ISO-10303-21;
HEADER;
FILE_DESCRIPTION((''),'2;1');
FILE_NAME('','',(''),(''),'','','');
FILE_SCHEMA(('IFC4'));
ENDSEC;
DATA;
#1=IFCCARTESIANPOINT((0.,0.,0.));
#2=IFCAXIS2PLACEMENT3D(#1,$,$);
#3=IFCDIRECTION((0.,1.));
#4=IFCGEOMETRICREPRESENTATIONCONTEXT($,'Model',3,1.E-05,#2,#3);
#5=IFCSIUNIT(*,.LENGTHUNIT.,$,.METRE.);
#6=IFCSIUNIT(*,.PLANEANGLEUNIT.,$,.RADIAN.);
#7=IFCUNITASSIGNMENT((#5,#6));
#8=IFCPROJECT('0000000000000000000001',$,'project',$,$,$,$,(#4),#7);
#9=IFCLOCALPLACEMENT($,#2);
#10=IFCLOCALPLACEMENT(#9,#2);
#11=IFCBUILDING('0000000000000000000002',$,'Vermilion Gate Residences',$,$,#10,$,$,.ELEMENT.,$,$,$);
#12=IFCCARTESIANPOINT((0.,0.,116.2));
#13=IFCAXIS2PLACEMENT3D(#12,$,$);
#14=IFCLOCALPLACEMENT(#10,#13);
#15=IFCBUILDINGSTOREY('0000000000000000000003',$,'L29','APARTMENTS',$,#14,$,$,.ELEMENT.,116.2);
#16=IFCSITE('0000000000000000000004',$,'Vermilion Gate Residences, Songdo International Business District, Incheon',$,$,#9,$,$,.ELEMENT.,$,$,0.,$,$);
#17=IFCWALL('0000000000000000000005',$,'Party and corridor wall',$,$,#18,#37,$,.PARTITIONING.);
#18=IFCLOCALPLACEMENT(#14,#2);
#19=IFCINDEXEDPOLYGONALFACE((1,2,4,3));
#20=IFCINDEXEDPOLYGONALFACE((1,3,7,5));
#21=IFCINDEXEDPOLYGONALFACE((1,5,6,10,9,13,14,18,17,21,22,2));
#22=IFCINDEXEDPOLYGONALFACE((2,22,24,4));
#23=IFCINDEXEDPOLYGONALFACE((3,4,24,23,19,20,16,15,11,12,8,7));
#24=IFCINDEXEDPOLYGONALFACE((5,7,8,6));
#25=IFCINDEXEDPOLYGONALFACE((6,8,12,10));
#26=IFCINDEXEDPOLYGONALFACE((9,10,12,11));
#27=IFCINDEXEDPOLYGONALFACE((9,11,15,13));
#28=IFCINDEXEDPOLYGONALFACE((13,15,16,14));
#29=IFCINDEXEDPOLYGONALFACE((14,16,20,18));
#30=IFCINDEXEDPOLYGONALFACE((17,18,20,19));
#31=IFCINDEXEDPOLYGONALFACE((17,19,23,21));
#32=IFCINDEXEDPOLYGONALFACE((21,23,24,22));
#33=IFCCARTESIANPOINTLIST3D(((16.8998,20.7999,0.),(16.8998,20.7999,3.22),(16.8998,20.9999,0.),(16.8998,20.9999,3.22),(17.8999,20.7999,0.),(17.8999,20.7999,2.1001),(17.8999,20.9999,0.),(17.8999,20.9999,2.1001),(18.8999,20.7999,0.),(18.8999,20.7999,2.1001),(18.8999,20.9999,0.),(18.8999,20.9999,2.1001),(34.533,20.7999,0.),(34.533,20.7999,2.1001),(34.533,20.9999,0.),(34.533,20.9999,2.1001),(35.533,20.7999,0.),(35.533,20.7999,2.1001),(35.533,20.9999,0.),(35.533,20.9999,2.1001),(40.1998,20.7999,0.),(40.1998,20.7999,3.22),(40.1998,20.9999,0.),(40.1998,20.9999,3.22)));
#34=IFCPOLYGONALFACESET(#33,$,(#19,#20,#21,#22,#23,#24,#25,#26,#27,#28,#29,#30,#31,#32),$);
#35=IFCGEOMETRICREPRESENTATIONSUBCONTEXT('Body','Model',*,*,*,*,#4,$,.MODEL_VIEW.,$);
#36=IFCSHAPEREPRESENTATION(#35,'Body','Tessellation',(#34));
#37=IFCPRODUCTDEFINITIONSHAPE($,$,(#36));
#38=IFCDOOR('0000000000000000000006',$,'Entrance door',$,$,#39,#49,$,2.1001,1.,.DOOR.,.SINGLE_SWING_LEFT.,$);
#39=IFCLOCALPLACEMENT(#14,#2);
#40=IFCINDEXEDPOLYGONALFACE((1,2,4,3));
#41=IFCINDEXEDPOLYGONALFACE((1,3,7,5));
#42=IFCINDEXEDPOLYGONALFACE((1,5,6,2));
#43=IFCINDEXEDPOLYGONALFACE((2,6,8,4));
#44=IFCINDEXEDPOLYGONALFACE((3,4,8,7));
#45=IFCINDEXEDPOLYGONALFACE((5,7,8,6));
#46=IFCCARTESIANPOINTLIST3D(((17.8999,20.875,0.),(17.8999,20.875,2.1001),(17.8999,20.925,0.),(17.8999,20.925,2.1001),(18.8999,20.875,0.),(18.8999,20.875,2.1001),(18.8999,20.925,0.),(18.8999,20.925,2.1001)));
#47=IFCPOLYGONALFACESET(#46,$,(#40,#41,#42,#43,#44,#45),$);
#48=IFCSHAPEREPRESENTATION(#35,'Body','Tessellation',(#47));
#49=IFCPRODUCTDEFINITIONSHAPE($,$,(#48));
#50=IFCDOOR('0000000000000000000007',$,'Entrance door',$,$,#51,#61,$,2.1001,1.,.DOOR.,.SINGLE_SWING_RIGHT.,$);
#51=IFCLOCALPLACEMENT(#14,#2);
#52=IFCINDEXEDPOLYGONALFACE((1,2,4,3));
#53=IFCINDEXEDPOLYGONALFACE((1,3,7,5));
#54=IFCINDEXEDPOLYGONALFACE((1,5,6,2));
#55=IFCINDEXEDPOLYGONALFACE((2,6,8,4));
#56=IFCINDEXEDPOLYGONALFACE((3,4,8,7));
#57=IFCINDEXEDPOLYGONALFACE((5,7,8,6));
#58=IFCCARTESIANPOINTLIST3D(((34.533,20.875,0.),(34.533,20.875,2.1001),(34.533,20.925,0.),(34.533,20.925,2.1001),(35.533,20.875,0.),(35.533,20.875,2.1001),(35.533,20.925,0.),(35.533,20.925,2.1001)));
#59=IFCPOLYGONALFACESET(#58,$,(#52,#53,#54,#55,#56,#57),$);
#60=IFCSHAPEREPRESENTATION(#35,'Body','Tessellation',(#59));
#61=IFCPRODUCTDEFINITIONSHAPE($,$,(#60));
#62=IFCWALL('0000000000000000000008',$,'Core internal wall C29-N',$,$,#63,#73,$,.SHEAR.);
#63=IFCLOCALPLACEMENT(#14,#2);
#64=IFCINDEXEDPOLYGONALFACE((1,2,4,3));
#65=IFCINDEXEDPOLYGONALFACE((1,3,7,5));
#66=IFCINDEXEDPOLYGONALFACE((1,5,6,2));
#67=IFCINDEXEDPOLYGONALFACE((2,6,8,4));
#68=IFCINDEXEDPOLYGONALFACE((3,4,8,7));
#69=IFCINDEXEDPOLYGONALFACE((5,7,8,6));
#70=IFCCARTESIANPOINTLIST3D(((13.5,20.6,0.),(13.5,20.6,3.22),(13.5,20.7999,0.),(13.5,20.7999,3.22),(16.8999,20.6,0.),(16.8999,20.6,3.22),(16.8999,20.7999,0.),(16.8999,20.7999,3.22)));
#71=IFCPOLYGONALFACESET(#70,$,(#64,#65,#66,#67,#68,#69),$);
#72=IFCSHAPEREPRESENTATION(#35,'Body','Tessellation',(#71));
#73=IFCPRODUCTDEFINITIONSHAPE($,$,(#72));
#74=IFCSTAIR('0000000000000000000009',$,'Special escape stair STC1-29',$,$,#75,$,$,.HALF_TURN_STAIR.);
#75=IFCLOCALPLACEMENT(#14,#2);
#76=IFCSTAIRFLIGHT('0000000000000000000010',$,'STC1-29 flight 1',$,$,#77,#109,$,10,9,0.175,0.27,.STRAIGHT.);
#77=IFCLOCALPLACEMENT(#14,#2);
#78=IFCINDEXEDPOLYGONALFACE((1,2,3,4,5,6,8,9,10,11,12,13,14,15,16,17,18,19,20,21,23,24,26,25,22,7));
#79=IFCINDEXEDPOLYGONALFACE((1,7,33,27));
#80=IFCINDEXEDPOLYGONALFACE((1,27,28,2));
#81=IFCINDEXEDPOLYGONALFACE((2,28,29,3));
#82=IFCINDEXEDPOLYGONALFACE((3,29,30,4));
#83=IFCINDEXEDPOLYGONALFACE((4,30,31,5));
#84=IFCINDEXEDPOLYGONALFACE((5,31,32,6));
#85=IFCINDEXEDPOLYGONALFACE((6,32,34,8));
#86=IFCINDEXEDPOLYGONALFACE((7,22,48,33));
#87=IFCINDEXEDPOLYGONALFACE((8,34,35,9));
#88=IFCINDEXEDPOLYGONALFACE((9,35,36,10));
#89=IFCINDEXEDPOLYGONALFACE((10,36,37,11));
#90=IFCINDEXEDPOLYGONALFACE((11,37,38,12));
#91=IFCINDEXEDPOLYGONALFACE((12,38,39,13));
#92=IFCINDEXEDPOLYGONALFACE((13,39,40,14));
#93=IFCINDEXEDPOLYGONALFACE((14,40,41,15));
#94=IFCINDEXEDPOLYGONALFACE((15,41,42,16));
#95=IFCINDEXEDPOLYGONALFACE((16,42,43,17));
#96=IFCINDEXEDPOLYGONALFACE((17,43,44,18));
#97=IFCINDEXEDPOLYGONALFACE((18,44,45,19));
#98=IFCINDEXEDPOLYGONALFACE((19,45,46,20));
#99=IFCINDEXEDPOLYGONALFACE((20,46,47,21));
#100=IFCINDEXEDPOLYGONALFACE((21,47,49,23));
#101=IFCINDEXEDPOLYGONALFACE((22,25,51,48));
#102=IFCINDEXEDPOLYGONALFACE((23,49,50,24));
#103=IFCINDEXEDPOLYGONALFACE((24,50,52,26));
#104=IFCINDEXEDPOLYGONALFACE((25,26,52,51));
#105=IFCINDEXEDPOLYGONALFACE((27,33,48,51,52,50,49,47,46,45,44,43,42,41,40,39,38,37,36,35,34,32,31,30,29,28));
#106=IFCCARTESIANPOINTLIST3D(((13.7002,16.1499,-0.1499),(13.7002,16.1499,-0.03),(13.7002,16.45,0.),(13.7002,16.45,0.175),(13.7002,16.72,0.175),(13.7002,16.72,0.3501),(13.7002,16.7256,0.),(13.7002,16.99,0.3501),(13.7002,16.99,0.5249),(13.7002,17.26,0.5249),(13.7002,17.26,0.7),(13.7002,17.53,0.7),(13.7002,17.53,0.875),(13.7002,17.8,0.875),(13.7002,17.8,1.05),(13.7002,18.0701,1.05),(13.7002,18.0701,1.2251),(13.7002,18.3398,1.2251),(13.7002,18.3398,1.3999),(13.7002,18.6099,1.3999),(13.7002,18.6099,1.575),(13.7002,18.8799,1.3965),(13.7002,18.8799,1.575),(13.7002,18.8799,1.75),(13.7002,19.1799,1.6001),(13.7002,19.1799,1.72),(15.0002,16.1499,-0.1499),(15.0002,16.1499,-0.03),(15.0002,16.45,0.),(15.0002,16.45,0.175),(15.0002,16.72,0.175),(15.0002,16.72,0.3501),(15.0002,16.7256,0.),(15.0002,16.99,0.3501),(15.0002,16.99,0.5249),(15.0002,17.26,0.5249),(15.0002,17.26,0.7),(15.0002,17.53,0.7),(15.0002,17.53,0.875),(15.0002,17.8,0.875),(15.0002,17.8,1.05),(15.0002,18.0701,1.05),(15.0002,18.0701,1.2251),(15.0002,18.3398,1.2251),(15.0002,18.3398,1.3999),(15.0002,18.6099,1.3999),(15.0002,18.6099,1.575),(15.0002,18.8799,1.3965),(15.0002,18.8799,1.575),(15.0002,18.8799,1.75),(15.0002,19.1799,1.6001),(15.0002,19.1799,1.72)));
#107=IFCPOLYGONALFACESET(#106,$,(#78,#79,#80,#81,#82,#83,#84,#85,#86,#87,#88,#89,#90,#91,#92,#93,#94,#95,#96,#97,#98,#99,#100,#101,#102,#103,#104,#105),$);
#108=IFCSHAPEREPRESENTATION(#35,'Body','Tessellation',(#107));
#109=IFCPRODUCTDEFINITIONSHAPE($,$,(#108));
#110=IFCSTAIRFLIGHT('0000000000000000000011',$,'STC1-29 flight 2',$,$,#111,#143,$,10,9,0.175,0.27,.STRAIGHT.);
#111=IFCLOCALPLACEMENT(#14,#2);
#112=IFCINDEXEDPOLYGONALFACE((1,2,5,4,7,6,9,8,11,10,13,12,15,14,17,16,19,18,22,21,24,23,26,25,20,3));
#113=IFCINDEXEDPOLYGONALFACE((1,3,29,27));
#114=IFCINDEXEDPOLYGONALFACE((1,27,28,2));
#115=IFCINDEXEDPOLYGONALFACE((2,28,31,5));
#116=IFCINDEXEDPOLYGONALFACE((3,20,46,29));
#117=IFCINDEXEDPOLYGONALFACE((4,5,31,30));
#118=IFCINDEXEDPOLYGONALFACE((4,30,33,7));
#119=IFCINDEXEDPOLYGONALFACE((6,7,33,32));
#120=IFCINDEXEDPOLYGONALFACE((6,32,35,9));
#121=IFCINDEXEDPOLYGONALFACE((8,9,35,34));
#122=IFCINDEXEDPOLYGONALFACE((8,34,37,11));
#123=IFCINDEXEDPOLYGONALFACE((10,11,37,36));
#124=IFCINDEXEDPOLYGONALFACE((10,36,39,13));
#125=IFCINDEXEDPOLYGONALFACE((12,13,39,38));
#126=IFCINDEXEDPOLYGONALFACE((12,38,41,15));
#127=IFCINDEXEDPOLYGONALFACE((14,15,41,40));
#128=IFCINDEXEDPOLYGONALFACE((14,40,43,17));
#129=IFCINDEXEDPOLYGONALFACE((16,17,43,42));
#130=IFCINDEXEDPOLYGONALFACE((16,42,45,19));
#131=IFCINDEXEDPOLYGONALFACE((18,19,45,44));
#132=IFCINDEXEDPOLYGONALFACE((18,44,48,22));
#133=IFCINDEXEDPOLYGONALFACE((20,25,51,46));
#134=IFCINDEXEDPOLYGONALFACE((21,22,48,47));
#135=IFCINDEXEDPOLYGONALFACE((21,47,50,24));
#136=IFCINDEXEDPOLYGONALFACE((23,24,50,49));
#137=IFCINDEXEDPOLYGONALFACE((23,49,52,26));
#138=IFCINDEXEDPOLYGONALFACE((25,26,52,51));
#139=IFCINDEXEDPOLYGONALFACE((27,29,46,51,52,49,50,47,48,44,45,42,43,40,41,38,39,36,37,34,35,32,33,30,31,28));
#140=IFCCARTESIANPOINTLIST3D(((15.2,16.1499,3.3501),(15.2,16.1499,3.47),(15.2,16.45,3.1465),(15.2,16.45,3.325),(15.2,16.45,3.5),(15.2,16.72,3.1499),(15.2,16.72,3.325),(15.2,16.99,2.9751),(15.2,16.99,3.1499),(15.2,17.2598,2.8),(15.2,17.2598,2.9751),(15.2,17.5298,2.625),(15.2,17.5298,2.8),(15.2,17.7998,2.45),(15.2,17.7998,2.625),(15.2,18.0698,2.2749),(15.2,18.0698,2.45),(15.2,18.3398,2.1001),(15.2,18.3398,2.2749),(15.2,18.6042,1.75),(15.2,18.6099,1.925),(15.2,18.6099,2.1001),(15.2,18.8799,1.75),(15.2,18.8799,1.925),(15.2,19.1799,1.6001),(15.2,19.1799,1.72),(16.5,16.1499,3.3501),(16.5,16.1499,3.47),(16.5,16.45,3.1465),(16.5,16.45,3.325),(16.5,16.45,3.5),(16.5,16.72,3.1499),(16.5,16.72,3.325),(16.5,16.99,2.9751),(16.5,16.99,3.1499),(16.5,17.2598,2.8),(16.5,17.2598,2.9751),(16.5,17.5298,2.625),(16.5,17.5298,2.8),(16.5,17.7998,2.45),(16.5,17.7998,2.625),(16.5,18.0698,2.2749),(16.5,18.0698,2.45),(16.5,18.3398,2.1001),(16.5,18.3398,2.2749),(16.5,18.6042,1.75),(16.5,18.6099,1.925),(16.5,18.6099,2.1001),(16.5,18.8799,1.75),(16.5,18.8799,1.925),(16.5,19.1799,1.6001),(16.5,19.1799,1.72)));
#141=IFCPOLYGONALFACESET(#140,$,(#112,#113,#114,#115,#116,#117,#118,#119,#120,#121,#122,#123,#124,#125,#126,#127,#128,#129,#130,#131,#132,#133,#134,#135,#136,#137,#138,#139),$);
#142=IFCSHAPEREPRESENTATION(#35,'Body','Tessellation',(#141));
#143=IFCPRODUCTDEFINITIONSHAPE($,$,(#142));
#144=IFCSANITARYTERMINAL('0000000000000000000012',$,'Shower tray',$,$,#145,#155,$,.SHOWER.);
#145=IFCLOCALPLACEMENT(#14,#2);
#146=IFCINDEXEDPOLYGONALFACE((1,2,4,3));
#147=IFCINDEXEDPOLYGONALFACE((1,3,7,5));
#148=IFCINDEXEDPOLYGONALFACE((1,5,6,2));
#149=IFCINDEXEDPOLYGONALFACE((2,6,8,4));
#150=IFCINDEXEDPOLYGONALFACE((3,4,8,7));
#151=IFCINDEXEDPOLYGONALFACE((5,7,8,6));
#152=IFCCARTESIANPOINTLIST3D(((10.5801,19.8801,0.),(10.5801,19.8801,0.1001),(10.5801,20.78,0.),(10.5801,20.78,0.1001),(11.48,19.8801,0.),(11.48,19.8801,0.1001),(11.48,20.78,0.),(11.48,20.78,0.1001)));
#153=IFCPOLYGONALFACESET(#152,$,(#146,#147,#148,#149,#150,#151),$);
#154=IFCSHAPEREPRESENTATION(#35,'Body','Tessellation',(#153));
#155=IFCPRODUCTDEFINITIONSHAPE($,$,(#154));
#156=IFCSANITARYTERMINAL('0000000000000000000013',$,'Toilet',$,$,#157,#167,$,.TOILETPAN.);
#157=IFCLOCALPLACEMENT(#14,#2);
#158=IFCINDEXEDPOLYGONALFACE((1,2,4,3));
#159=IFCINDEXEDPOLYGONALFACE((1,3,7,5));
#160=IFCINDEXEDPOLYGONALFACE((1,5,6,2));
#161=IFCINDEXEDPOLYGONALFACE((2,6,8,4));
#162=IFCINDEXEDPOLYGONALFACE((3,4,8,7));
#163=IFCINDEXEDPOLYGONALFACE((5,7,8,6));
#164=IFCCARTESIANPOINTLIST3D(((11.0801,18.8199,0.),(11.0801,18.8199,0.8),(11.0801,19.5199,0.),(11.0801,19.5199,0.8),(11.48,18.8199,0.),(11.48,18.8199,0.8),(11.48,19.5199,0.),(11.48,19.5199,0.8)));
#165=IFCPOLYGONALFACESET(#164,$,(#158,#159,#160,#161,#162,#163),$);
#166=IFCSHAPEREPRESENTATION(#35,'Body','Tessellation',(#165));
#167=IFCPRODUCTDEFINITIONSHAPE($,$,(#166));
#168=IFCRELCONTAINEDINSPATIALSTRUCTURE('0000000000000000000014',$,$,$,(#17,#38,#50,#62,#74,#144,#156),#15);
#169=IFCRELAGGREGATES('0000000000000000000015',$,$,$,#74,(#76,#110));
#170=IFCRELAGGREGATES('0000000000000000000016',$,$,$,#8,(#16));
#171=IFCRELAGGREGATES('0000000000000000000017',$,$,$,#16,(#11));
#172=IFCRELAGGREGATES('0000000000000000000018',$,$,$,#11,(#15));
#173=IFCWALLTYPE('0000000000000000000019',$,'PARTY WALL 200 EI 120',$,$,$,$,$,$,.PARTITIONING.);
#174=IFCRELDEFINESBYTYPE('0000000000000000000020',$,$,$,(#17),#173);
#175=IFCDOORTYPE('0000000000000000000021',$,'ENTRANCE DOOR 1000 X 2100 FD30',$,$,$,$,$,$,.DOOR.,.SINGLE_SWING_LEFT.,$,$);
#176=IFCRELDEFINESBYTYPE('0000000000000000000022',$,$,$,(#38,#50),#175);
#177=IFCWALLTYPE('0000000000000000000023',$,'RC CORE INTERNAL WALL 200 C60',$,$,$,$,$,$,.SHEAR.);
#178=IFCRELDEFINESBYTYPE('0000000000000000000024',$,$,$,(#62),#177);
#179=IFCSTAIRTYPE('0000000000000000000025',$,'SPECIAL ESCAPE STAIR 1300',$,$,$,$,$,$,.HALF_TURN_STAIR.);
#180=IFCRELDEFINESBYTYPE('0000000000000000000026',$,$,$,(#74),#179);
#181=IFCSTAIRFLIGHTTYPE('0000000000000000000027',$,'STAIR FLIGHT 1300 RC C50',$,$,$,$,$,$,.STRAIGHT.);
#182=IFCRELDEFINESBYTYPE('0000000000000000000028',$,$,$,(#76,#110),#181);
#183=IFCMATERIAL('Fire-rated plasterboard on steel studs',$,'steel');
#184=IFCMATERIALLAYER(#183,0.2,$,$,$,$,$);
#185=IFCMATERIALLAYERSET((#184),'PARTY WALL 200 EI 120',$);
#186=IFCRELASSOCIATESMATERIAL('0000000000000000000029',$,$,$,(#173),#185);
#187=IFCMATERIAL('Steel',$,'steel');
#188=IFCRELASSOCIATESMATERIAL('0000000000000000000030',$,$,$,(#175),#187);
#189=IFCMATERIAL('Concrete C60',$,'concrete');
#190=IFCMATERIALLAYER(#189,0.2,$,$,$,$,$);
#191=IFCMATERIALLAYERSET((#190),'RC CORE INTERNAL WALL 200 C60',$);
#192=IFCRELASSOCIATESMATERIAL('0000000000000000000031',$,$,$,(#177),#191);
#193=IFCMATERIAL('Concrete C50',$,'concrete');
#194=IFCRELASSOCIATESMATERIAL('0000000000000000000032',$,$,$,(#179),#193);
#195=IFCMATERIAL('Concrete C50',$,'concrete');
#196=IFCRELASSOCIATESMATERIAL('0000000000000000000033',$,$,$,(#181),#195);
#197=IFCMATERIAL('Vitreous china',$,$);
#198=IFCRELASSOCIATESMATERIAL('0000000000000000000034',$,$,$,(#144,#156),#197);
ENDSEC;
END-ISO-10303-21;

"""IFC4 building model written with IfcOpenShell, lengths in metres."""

from ifc_helpers import new_model, si_unit, direction, frame, frame_2d, origin, origin_2d, place, context, subcontext, project, spatial, polyline, rectangle, outline, extrude, material, layer, layer_set, type_object, element, fill, aggregate, save


model = new_model("IFC4")

# Units and contexts
model_context = context("Model", 3, precision=1e-05, world=origin(), true_north=direction((0.0, 1.0)))
body_context = subcontext(model_context, "Body", "Model", "MODEL_VIEW")
ifc_project = project(units=[si_unit("LENGTHUNIT", "METRE"), si_unit("PLANEANGLEUNIT", "RADIAN")], contexts=[model_context])

# Site, building, storey
site_placement = place(None, origin())
site = spatial("IfcSite", under=ifc_project, at=site_placement, Name="Vermilion Gate Residences, Songdo International Business District, Incheon", CompositionType="ELEMENT", RefElevation=0.0)
building_placement = place(site_placement, origin())
building = spatial("IfcBuilding", under=site, at=building_placement, Name="Vermilion Gate Residences", CompositionType="ELEMENT")
storey_placement = place(building_placement, frame((0.0, 0.0, 116.2)))
storey = spatial("IfcBuildingStorey", under=building, at=storey_placement, Name="L29", Description="APARTMENTS", CompositionType="ELEMENT", Elevation=116.2)

# Wall, openings, doors
ifc_material_1 = material(Name="Fire-rated plasterboard on steel studs", Category="steel")
ifc_layer_1 = layer(ifc_material_1, 0.2)
ifc_layer_set_1 = layer_set([ifc_layer_1], Name="PARTY WALL 200 EI 120")
wall_type_1 = type_object("IfcWallType", Name="PARTY WALL 200 EI 120", PredefinedType="PARTITIONING", material=ifc_layer_set_1)
wall_1_placement = place(storey_placement, frame((16.8999, 20.8999, 0.0), z_axis=(0.0, 0.0, 1.0), x_axis=(1.0, 0.0, 0.0)))
wall_1 = element("IfcWall", 1, at=wall_1_placement, inside=storey, type_object=wall_type_1, Name="Party and corridor wall", PredefinedType="PARTITIONING", context=body_context, shape_type="SweptSolid", body=[
    extrude(rectangle(XDim=23.3, YDim=0.2, at=frame_2d((11.6499, 0.0))), origin(), (0.0, 0.0, 1.0), 3.22),
])
opening_1_placement = place(wall_1_placement, frame((1.0, 0.0, 0.0)))
opening_1 = element("IfcOpeningElement", 2, at=opening_1_placement, cuts=wall_1, PredefinedType="OPENING", context=body_context, shape_type="SweptSolid", body=[
    extrude(rectangle(XDim=1.0, YDim=2.1001, at=frame_2d((0.5, 1.05))), frame((0.0, 0.1099, 0.0), z_axis=(0.0, -1.0, 0.0), x_axis=(1.0, 0.0, 0.0)), (0.0, 0.0, 1.0), 0.22),
])
opening_2_placement = place(wall_1_placement, frame((17.6331, 0.0, 0.0)))
opening_2 = element("IfcOpeningElement", 3, at=opening_2_placement, cuts=wall_1, PredefinedType="OPENING", context=body_context, shape_type="SweptSolid", body=[
    extrude(rectangle(XDim=1.0, YDim=2.1001, at=frame_2d((0.5, 1.05))), frame((0.0, 0.1099, 0.0), z_axis=(0.0, -1.0, 0.0), x_axis=(1.0, 0.0, 0.0)), (0.0, 0.0, 1.0), 0.22),
])
ifc_material_2 = material(Name="Steel", Category="steel")
door_type_1 = type_object("IfcDoorType", Name="ENTRANCE DOOR 1000 X 2100 FD30", OperationType="SINGLE_SWING_LEFT", PredefinedType="DOOR", material=ifc_material_2)
door_1_placement = place(opening_1_placement, frame((1.0, 0.0, 0.0), z_axis=(0.0, 0.0, 1.0), x_axis=(-1.0, 0.0, 0.0)))
door_1 = element("IfcDoor", 4, at=door_1_placement, inside=storey, type_object=door_type_1, Name="Entrance door", OperationType="SINGLE_SWING_LEFT", OverallHeight=2.1001, OverallWidth=1.0, PredefinedType="DOOR", context=body_context, shape_type="SweptSolid", body=[
    extrude(rectangle(XDim=1.0, YDim=2.1001, at=frame_2d((0.5, 1.05))), frame((0.0, 0.0249, 0.0), z_axis=(0.0, -1.0, 0.0), x_axis=(1.0, 0.0, 0.0)), (0.0, 0.0, 1.0), 0.05),
])
fill(opening_1, door_1)
door_2_placement = place(opening_2_placement, frame((1.0, 0.0, 0.0), z_axis=(0.0, 0.0, 1.0), x_axis=(-1.0, 0.0, 0.0)))
door_2 = element("IfcDoor", 5, at=door_2_placement, inside=storey, type_object=door_type_1, Name="Entrance door", OperationType="SINGLE_SWING_RIGHT", OverallHeight=2.1001, OverallWidth=1.0, PredefinedType="DOOR", context=body_context, shape_type="SweptSolid", body=[
    extrude(rectangle(XDim=1.0, YDim=2.1001, at=frame_2d((0.5, 1.05))), frame((0.0, 0.0249, 0.0), z_axis=(0.0, -1.0, 0.0), x_axis=(1.0, 0.0, 0.0)), (0.0, 0.0, 1.0), 0.05),
])
fill(opening_2, door_2)

# Wall
ifc_material_3 = material(Name="Concrete C60", Category="concrete")
ifc_layer_2 = layer(ifc_material_3, 0.2)
ifc_layer_set_2 = layer_set([ifc_layer_2], Name="RC CORE INTERNAL WALL 200 C60")
wall_type_2 = type_object("IfcWallType", Name="RC CORE INTERNAL WALL 200 C60", PredefinedType="SHEAR", material=ifc_layer_set_2)
wall_2_placement = place(storey_placement, frame((13.5, 20.7, 0.0), z_axis=(0.0, 0.0, 1.0), x_axis=(1.0, 0.0, 0.0)))
element("IfcWall", 6, at=wall_2_placement, inside=storey, type_object=wall_type_2, Name="Core internal wall C29-N", PredefinedType="SHEAR", context=body_context, shape_type="SweptSolid", body=[
    extrude(rectangle(XDim=3.3999, YDim=0.2, at=frame_2d((1.7, 0.0))), origin(), (0.0, 0.0, 1.0), 3.22),
])

# Stair, stair flights
ifc_material_4 = material(Name="Concrete C50", Category="concrete")
stair_type = type_object("IfcStairType", Name="SPECIAL ESCAPE STAIR 1300", PredefinedType="HALF_TURN_STAIR", material=ifc_material_4)
stair_placement = place(storey_placement, origin())
stair = element("IfcStair", 7, at=stair_placement, inside=storey, type_object=stair_type, Name="Special escape stair STC1-29", PredefinedType="HALF_TURN_STAIR")
ifc_material_5 = material(Name="Concrete C50", Category="concrete")
stair_flight_type = type_object("IfcStairFlightType", Name="STAIR FLIGHT 1300 RC C50", PredefinedType="STRAIGHT", material=ifc_material_5)
stair_flight_1_placement = place(storey_placement, frame((14.3501, 16.45, 0.0), z_axis=(0.0, 0.0, 1.0), x_axis=(0.0, 1.0, 0.0)))
stair_flight_1 = element("IfcStairFlight", 8, at=stair_flight_1_placement, type_object=stair_flight_type, Name="STC1-29 flight 1", NumberOfRisers=10, NumberOfTreads=9, PredefinedType="STRAIGHT", RiserHeight=0.175, TreadLength=0.27, context=body_context, shape_type="SweptSolid", body=[
    extrude(outline(polyline([(-0.3, -0.1499), (-0.3, -0.03), (0.0, 0.0), (0.0, 0.175), (0.27, 0.175), (0.27, 0.3501), (0.54, 0.3501), (0.54, 0.5249), (0.8101, 0.5249), (0.8101, 0.7), (1.0801, 0.7), (1.0801, 0.875), (1.3501, 0.875), (1.3501, 1.05), (1.6201, 1.05), (1.6201, 1.2251), (1.8899, 1.2251), (1.8899, 1.3999), (2.1599, 1.3999), (2.1599, 1.575), (2.4299, 1.575), (2.4299, 1.75), (2.73, 1.72), (2.73, 1.6001), (2.4299, 1.3965), (0.2756, 0.0), (-0.3, -0.1499)])), frame((0.0, 0.6499, 0.0), z_axis=(0.0, -1.0, 0.0), x_axis=(1.0, 0.0, 0.0)), (0.0, 0.0, 1.0), 1.3),
])
stair_flight_2_placement = place(storey_placement, frame((15.8501, 18.8799, 1.75), z_axis=(0.0, 0.0, 1.0), x_axis=(0.0, -1.0, 0.0)))
stair_flight_2 = element("IfcStairFlight", 9, at=stair_flight_2_placement, type_object=stair_flight_type, Name="STC1-29 flight 2", NumberOfRisers=10, NumberOfTreads=9, PredefinedType="STRAIGHT", RiserHeight=0.175, TreadLength=0.27, context=body_context, shape_type="SweptSolid", body=[
    extrude(outline(polyline([(-0.3, -0.1499), (-0.3, -0.03), (0.0, 0.0), (0.0, 0.175), (0.27, 0.175), (0.27, 0.3501), (0.54, 0.3501), (0.54, 0.5249), (0.8101, 0.5249), (0.8101, 0.7), (1.0801, 0.7), (1.0801, 0.875), (1.3501, 0.875), (1.3501, 1.05), (1.6201, 1.05), (1.6201, 1.2251), (1.8899, 1.2251), (1.8899, 1.3999), (2.1599, 1.3999), (2.1599, 1.575), (2.4299, 1.575), (2.4299, 1.75), (2.73, 1.72), (2.73, 1.6001), (2.4299, 1.3965), (0.2756, 0.0), (-0.3, -0.1499)])), frame((0.0, 0.6499, 0.0), z_axis=(0.0, -1.0, 0.0), x_axis=(1.0, 0.0, 0.0)), (0.0, 0.0, 1.0), 1.3),
])
aggregate(stair, [stair_flight_1, stair_flight_2])

# Sanitary terminals
ifc_material_6 = material(Name="Vitreous china")
sanitary_terminal_1_placement = place(storey_placement, frame((11.03, 20.3301, 0.0), z_axis=(0.0, 0.0, 1.0), x_axis=(1.0, 0.0, 0.0)))
element("IfcSanitaryTerminal", 10, at=sanitary_terminal_1_placement, inside=storey, material=ifc_material_6, Name="Shower tray", PredefinedType="SHOWER", context=body_context, shape_type="SweptSolid", body=[
    extrude(rectangle(XDim=0.8999, YDim=0.8999, at=origin_2d()), origin(), (0.0, 0.0, 1.0), 0.1001),
])
sanitary_terminal_2_placement = place(storey_placement, frame((11.28, 19.1699, 0.0), z_axis=(0.0, 0.0, 1.0), x_axis=(1.0, 0.0, 0.0)))
element("IfcSanitaryTerminal", 11, at=sanitary_terminal_2_placement, inside=storey, material=ifc_material_6, Name="Toilet", PredefinedType="TOILETPAN", context=body_context, shape_type="SweptSolid", body=[
    extrude(rectangle(XDim=0.3999, YDim=0.7, at=origin_2d()), origin(), (0.0, 0.0, 1.0), 0.8),
])

save(model, "model.ifc")
